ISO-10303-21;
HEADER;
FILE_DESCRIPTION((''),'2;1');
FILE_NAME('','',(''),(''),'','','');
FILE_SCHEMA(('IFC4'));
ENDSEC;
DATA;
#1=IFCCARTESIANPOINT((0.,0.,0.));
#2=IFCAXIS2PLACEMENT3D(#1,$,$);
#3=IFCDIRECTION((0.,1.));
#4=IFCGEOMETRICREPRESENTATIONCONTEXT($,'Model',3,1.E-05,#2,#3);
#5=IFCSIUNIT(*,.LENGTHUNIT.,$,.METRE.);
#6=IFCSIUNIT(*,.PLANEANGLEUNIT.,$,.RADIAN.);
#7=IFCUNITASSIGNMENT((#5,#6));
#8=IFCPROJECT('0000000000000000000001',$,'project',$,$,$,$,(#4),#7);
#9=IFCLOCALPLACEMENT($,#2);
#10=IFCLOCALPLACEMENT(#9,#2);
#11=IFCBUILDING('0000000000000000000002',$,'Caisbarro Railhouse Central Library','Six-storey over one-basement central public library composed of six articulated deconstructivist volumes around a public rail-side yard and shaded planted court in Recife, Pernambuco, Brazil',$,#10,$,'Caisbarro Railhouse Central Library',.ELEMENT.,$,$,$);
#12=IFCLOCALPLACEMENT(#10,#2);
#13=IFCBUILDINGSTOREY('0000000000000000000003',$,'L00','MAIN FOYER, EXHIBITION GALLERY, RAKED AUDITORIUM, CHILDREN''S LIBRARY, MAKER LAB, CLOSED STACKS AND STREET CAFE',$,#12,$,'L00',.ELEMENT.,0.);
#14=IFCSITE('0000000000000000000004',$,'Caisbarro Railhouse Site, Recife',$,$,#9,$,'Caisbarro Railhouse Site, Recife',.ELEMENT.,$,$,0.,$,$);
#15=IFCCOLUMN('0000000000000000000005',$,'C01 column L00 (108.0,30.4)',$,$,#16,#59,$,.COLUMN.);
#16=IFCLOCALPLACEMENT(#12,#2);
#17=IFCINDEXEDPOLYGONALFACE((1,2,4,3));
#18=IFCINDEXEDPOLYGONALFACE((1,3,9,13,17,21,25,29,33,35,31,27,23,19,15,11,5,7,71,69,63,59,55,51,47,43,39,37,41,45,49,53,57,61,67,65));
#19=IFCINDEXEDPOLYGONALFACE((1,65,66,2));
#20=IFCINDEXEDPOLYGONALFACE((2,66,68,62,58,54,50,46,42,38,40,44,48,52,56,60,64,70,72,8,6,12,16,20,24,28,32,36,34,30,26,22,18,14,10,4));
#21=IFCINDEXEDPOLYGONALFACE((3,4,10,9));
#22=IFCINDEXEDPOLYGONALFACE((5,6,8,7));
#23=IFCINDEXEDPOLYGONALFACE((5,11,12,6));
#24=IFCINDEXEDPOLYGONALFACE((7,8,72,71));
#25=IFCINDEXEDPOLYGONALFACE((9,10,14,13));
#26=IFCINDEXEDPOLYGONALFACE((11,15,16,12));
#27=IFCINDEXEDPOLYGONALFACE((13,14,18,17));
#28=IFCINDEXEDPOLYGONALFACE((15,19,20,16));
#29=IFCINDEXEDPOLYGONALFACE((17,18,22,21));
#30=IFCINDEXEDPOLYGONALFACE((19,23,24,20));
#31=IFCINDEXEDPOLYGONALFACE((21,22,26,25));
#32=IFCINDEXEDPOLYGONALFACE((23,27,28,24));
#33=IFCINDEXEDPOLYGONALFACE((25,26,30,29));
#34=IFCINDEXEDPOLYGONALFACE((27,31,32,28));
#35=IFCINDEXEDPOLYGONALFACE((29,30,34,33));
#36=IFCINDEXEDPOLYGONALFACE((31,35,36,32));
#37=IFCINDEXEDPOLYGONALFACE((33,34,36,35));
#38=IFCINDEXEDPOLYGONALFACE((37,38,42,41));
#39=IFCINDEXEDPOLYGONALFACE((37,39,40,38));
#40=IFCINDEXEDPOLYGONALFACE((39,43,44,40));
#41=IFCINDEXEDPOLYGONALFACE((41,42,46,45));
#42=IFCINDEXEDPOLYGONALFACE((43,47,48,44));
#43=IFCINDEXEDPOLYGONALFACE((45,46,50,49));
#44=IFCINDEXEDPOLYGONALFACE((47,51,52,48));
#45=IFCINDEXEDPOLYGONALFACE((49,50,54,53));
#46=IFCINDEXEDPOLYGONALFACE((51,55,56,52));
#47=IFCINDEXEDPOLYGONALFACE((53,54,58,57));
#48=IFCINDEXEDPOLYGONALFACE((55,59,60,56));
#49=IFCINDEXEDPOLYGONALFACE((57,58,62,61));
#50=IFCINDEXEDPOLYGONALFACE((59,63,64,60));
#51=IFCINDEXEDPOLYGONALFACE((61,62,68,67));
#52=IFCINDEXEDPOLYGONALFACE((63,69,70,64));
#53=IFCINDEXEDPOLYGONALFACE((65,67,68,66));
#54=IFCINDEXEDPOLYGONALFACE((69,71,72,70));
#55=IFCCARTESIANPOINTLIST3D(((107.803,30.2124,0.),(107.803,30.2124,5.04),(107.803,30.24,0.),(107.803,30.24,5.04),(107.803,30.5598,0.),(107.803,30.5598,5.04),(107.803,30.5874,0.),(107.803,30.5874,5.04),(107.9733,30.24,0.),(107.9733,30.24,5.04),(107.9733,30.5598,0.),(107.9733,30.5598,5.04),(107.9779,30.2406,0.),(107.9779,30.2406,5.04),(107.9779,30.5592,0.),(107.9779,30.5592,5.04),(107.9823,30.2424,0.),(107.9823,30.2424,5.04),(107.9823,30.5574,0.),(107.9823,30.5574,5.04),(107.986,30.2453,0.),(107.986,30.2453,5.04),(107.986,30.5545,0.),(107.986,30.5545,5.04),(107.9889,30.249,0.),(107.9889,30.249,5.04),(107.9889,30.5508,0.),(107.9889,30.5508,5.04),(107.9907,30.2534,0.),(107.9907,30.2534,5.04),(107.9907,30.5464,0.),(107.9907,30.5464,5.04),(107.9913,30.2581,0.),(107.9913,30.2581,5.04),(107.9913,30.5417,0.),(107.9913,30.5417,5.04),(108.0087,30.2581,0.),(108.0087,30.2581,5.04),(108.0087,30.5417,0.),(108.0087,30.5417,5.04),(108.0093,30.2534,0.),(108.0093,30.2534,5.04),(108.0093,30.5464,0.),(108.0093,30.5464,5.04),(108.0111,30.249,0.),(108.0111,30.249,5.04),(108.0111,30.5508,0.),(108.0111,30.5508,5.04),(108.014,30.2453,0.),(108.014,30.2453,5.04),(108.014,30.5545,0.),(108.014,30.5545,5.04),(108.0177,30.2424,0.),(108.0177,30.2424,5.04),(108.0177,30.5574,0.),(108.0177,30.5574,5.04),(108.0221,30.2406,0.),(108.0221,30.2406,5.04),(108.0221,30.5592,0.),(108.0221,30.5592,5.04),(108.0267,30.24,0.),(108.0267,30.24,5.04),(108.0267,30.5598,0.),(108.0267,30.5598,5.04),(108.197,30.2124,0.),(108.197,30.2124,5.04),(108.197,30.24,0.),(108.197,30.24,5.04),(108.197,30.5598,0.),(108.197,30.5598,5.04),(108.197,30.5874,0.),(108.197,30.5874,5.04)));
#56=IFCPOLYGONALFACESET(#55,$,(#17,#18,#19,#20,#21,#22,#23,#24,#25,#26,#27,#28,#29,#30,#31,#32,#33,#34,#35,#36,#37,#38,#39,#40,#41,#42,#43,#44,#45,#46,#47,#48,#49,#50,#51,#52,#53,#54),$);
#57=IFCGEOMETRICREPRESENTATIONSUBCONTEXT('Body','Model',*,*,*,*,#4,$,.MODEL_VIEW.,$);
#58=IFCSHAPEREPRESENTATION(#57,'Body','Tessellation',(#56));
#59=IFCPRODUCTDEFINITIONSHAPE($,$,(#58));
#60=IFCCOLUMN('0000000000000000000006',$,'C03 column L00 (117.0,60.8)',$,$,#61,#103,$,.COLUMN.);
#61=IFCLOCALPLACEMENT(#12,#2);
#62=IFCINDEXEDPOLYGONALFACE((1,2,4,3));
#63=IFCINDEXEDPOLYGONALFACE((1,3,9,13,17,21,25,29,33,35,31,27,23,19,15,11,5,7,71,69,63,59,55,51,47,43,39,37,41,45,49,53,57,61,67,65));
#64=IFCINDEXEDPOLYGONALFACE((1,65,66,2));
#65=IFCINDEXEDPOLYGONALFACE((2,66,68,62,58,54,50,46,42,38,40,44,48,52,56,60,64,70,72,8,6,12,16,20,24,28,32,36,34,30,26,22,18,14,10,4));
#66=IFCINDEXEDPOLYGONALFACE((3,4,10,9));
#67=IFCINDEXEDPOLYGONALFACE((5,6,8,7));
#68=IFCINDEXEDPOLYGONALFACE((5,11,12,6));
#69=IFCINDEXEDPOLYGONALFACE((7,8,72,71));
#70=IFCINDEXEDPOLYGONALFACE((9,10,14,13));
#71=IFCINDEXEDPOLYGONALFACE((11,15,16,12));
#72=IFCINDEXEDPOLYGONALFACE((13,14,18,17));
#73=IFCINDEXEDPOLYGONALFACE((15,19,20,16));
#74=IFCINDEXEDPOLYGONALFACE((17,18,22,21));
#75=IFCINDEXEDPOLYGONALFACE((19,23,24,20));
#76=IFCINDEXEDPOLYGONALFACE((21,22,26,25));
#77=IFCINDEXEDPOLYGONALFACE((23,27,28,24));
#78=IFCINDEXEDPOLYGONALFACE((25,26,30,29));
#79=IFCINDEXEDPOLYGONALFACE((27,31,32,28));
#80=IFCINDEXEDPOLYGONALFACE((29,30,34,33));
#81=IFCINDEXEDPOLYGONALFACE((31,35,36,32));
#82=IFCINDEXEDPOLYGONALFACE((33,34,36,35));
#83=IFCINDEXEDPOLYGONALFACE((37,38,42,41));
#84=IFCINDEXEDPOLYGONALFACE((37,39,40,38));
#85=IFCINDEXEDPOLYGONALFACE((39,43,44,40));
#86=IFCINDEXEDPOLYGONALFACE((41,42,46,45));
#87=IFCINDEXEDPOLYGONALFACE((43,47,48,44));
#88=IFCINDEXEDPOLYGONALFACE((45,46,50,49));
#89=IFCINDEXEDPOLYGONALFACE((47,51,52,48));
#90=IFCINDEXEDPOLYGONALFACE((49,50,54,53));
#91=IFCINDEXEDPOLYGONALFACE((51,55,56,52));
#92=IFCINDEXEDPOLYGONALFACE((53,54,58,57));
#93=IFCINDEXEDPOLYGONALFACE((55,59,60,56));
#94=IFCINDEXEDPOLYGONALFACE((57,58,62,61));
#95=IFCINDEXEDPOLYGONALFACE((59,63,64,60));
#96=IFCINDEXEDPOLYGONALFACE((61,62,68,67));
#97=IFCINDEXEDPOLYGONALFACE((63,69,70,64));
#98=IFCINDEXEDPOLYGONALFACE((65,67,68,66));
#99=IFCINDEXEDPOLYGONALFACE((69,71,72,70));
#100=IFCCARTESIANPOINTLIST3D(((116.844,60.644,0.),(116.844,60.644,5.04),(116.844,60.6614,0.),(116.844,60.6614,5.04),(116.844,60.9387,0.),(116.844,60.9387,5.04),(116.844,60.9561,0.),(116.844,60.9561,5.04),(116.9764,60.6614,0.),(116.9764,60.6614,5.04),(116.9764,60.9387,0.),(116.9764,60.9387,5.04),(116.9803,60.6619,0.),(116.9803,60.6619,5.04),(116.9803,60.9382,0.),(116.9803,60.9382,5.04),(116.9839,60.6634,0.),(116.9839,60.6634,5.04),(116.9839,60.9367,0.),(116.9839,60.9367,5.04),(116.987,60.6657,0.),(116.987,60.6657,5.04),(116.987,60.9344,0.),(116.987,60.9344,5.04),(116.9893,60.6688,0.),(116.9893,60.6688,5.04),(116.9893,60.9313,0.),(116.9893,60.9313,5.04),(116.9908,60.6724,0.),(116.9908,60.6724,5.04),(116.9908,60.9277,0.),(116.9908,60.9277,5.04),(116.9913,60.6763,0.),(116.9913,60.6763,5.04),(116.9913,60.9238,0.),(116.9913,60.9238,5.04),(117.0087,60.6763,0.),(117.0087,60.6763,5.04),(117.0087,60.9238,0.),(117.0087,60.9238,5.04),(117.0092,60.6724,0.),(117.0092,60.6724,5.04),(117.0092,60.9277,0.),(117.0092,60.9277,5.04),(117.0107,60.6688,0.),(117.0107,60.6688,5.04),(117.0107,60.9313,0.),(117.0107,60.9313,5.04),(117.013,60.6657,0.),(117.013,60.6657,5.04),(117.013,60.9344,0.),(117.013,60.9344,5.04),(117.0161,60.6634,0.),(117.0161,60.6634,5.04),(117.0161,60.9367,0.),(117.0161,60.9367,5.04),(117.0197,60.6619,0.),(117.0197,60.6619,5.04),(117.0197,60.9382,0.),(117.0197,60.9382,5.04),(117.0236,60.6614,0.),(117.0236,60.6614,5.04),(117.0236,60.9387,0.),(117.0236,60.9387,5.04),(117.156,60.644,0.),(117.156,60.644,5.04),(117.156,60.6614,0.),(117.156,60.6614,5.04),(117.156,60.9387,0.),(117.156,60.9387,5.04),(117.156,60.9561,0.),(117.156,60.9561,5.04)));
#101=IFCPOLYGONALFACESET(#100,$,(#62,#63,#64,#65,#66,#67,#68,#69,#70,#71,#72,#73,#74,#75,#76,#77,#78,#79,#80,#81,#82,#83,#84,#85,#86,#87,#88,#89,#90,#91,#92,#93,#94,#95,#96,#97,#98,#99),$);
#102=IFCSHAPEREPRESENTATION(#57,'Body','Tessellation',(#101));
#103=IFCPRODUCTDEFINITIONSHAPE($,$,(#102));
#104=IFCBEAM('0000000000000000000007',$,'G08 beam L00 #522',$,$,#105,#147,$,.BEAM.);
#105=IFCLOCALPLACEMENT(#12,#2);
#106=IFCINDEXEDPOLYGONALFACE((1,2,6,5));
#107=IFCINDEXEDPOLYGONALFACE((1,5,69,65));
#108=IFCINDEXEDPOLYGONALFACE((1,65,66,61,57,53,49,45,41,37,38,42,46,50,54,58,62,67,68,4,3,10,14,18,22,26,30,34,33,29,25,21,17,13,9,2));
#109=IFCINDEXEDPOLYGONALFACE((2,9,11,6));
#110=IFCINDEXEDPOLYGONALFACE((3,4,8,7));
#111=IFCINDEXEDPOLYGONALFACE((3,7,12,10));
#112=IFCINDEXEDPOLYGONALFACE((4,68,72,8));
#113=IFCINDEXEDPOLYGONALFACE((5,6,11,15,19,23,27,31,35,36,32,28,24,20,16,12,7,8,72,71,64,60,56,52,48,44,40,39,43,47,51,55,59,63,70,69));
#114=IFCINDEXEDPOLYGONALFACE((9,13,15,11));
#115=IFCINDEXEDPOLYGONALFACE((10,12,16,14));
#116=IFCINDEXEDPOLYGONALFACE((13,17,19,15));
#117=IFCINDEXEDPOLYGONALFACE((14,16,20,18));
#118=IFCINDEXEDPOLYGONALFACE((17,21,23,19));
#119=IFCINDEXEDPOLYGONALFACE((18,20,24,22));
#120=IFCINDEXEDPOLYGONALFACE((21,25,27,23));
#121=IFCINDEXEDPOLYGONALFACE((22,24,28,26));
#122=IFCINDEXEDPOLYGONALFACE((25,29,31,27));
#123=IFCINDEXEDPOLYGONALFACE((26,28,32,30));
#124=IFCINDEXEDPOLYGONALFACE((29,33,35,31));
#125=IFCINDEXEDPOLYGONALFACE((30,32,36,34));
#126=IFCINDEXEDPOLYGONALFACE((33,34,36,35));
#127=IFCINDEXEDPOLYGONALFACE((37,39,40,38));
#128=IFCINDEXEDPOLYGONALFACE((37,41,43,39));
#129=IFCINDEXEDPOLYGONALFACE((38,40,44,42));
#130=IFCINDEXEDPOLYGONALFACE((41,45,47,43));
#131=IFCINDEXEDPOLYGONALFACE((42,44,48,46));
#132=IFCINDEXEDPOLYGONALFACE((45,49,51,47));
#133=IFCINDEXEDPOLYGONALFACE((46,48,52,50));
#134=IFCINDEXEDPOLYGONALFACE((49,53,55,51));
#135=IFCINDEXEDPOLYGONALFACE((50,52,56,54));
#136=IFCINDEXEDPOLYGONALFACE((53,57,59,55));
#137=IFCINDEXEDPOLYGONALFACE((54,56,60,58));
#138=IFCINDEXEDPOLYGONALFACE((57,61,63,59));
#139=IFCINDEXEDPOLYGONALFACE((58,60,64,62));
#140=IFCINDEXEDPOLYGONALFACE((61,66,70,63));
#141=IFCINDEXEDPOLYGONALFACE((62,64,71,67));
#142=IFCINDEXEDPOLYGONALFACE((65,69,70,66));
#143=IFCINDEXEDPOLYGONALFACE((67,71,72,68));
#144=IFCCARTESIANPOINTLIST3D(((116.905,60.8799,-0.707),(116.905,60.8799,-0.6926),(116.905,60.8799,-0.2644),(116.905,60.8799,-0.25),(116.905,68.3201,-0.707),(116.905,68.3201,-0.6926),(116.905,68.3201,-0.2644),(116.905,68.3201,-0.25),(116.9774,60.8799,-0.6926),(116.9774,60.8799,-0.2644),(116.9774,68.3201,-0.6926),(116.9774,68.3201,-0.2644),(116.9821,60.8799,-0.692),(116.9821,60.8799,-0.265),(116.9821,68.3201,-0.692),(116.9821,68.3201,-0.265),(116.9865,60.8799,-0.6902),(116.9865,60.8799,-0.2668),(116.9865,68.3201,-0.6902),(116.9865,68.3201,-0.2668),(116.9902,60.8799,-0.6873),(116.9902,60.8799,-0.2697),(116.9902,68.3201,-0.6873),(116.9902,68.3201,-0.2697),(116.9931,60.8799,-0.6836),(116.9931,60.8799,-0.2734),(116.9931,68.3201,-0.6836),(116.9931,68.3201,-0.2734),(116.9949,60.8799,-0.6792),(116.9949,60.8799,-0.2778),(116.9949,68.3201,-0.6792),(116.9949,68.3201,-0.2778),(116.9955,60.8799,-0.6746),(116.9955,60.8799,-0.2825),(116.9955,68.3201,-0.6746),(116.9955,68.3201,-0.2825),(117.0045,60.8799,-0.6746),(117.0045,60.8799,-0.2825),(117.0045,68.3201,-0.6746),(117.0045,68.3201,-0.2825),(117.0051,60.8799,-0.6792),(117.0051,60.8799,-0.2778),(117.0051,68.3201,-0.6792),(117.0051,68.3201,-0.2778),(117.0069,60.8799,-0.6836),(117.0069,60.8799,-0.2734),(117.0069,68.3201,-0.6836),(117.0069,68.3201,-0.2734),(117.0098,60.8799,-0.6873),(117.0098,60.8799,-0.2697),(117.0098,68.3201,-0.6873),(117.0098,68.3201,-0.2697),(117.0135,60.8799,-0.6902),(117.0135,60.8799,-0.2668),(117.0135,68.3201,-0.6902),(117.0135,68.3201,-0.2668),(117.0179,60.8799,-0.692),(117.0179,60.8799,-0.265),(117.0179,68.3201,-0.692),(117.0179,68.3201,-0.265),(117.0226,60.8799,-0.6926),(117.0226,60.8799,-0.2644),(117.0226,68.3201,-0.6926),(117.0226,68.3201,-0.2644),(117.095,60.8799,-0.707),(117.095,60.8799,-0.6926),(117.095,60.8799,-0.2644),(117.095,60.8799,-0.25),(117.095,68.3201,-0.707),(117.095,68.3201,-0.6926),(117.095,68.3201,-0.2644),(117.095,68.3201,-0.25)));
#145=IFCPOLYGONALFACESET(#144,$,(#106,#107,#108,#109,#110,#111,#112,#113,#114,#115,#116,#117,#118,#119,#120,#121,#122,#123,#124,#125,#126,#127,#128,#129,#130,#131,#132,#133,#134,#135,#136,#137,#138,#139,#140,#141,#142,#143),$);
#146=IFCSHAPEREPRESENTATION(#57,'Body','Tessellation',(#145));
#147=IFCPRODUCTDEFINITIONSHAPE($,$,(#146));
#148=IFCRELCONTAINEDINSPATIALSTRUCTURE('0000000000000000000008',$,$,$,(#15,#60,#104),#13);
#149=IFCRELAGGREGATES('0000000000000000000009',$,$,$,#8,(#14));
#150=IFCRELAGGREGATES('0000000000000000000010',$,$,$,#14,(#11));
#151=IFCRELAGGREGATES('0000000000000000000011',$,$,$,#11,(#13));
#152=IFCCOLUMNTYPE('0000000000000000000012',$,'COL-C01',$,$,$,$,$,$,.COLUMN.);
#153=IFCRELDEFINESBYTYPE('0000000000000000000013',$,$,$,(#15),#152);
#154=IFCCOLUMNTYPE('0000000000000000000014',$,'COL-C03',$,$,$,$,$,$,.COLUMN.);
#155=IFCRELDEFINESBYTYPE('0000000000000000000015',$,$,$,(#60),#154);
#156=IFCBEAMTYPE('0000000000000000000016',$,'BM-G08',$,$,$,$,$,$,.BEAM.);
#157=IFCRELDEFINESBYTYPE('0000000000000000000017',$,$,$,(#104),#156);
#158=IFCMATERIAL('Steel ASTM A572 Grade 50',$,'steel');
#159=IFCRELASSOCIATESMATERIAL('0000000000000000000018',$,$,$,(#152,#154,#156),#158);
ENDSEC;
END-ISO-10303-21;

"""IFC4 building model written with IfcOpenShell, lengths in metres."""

from ifc_helpers import new_model, si_unit, direction, frame, origin, origin_2d, place, context, subcontext, project, spatial, i_section, extrude, material, material_profile, profile_set, type_object, element, save


model = new_model("IFC4")

# Units and contexts
model_context = context("Model", 3, precision=1e-05, world=origin(), true_north=direction((0.0, 1.0)))
body_context = subcontext(model_context, "Body", "Model", "MODEL_VIEW")
ifc_project = project(units=[si_unit("LENGTHUNIT", "METRE"), si_unit("PLANEANGLEUNIT", "RADIAN")], contexts=[model_context])

# Site, building, storey
site_placement = place(None, origin())
site = spatial("IfcSite", under=ifc_project, at=site_placement, Name="Caisbarro Railhouse Site, Recife", LongName="Caisbarro Railhouse Site, Recife", CompositionType="ELEMENT", RefElevation=0.0)
building_placement = place(site_placement, origin())
building = spatial("IfcBuilding", under=site, at=building_placement, Name="Caisbarro Railhouse Central Library", Description="Six-storey over one-basement central public library composed of six articulated deconstructivist volumes around a public rail-side yard and shaded planted court in Recife, Pernambuco, Brazil", LongName="Caisbarro Railhouse Central Library", CompositionType="ELEMENT")
storey_placement = place(building_placement, origin())
storey = spatial("IfcBuildingStorey", under=building, at=storey_placement, Name="L00", Description="MAIN FOYER, EXHIBITION GALLERY, RAKED AUDITORIUM, CHILDREN'S LIBRARY, MAKER LAB, CLOSED STACKS AND STREET CAFE", LongName="L00", CompositionType="ELEMENT", Elevation=0.0)

# Columns
ifc_material_1 = material(Name="Steel ASTM A572 Grade 50", Category="steel")
ifc_material_profile_1 = material_profile(ifc_material_1, i_section(OverallWidth=0.394, OverallDepth=0.375, WebThickness=0.0173, FlangeThickness=0.0276, FilletRadius=0.0181, at=origin_2d()), Name="W360X216.0")
ifc_profile_set_1 = profile_set([ifc_material_profile_1], Name="Steel ASTM A572 Grade 50")
column_type_1 = type_object("IfcColumnType", Name="COL-C01", PredefinedType="COLUMN", material=ifc_profile_set_1)
column_1_placement = place(storey_placement, frame((108.0, 30.3999, 0.0), z_axis=(0.0, 0.0, 1.0), x_axis=(1.0, 0.0, 0.0)))
element("IfcColumn", 1, at=column_1_placement, inside=storey, type_object=column_type_1, Name="C01 column L00 (108.0,30.4)", PredefinedType="COLUMN", context=body_context, shape_type="SweptSolid", body=[
    extrude(i_section(OverallWidth=0.394, OverallDepth=0.375, WebThickness=0.0173, FlangeThickness=0.0276, FilletRadius=0.0181, at=origin_2d()), origin(), (0.0, 0.0, 1.0), 5.04),
])
ifc_material_profile_2 = material_profile(ifc_material_1, i_section(OverallWidth=0.312, OverallDepth=0.312, WebThickness=0.0173, FlangeThickness=0.0173, FilletRadius=0.0149, at=origin_2d()), Name="HP310X125.0")
ifc_profile_set_2 = profile_set([ifc_material_profile_2], Name="Steel ASTM A572 Grade 50")
column_type_2 = type_object("IfcColumnType", Name="COL-C03", PredefinedType="COLUMN", material=ifc_profile_set_2)
column_2_placement = place(storey_placement, frame((117.0, 60.8, 0.0), z_axis=(0.0, 0.0, 1.0), x_axis=(1.0, 0.0, 0.0)))
element("IfcColumn", 2, at=column_2_placement, inside=storey, type_object=column_type_2, Name="C03 column L00 (117.0,60.8)", PredefinedType="COLUMN", context=body_context, shape_type="SweptSolid", body=[
    extrude(i_section(OverallWidth=0.312, OverallDepth=0.312, WebThickness=0.0173, FlangeThickness=0.0173, FilletRadius=0.0149, at=origin_2d()), origin(), (0.0, 0.0, 1.0), 5.04),
])

# Beam
ifc_material_profile_3 = material_profile(ifc_material_1, i_section(OverallWidth=0.1899, OverallDepth=0.457, WebThickness=0.009, FlangeThickness=0.0144, FilletRadius=0.0181, at=origin_2d()), Name="W460X74.0")
ifc_profile_set_3 = profile_set([ifc_material_profile_3], Name="Steel ASTM A572 Grade 50")
beam_type_1 = type_object("IfcBeamType", Name="BM-G08", PredefinedType="BEAM", material=ifc_profile_set_3)
beam_1_placement = place(storey_placement, frame((117.0, 60.8799, -0.4785), z_axis=(0.0, 1.0, 0.0), x_axis=(-1.0, 0.0, 0.0)))
element("IfcBeam", 3, at=beam_1_placement, inside=storey, type_object=beam_type_1, Name="G08 beam L00 #522", PredefinedType="BEAM", context=body_context, shape_type="SweptSolid", body=[
    extrude(i_section(OverallWidth=0.1899, OverallDepth=0.457, WebThickness=0.009, FlangeThickness=0.0144, FilletRadius=0.0181, at=origin_2d()), origin(), (0.0, 0.0, 1.0), 7.4402),
])

save(model, "model.ifc")
